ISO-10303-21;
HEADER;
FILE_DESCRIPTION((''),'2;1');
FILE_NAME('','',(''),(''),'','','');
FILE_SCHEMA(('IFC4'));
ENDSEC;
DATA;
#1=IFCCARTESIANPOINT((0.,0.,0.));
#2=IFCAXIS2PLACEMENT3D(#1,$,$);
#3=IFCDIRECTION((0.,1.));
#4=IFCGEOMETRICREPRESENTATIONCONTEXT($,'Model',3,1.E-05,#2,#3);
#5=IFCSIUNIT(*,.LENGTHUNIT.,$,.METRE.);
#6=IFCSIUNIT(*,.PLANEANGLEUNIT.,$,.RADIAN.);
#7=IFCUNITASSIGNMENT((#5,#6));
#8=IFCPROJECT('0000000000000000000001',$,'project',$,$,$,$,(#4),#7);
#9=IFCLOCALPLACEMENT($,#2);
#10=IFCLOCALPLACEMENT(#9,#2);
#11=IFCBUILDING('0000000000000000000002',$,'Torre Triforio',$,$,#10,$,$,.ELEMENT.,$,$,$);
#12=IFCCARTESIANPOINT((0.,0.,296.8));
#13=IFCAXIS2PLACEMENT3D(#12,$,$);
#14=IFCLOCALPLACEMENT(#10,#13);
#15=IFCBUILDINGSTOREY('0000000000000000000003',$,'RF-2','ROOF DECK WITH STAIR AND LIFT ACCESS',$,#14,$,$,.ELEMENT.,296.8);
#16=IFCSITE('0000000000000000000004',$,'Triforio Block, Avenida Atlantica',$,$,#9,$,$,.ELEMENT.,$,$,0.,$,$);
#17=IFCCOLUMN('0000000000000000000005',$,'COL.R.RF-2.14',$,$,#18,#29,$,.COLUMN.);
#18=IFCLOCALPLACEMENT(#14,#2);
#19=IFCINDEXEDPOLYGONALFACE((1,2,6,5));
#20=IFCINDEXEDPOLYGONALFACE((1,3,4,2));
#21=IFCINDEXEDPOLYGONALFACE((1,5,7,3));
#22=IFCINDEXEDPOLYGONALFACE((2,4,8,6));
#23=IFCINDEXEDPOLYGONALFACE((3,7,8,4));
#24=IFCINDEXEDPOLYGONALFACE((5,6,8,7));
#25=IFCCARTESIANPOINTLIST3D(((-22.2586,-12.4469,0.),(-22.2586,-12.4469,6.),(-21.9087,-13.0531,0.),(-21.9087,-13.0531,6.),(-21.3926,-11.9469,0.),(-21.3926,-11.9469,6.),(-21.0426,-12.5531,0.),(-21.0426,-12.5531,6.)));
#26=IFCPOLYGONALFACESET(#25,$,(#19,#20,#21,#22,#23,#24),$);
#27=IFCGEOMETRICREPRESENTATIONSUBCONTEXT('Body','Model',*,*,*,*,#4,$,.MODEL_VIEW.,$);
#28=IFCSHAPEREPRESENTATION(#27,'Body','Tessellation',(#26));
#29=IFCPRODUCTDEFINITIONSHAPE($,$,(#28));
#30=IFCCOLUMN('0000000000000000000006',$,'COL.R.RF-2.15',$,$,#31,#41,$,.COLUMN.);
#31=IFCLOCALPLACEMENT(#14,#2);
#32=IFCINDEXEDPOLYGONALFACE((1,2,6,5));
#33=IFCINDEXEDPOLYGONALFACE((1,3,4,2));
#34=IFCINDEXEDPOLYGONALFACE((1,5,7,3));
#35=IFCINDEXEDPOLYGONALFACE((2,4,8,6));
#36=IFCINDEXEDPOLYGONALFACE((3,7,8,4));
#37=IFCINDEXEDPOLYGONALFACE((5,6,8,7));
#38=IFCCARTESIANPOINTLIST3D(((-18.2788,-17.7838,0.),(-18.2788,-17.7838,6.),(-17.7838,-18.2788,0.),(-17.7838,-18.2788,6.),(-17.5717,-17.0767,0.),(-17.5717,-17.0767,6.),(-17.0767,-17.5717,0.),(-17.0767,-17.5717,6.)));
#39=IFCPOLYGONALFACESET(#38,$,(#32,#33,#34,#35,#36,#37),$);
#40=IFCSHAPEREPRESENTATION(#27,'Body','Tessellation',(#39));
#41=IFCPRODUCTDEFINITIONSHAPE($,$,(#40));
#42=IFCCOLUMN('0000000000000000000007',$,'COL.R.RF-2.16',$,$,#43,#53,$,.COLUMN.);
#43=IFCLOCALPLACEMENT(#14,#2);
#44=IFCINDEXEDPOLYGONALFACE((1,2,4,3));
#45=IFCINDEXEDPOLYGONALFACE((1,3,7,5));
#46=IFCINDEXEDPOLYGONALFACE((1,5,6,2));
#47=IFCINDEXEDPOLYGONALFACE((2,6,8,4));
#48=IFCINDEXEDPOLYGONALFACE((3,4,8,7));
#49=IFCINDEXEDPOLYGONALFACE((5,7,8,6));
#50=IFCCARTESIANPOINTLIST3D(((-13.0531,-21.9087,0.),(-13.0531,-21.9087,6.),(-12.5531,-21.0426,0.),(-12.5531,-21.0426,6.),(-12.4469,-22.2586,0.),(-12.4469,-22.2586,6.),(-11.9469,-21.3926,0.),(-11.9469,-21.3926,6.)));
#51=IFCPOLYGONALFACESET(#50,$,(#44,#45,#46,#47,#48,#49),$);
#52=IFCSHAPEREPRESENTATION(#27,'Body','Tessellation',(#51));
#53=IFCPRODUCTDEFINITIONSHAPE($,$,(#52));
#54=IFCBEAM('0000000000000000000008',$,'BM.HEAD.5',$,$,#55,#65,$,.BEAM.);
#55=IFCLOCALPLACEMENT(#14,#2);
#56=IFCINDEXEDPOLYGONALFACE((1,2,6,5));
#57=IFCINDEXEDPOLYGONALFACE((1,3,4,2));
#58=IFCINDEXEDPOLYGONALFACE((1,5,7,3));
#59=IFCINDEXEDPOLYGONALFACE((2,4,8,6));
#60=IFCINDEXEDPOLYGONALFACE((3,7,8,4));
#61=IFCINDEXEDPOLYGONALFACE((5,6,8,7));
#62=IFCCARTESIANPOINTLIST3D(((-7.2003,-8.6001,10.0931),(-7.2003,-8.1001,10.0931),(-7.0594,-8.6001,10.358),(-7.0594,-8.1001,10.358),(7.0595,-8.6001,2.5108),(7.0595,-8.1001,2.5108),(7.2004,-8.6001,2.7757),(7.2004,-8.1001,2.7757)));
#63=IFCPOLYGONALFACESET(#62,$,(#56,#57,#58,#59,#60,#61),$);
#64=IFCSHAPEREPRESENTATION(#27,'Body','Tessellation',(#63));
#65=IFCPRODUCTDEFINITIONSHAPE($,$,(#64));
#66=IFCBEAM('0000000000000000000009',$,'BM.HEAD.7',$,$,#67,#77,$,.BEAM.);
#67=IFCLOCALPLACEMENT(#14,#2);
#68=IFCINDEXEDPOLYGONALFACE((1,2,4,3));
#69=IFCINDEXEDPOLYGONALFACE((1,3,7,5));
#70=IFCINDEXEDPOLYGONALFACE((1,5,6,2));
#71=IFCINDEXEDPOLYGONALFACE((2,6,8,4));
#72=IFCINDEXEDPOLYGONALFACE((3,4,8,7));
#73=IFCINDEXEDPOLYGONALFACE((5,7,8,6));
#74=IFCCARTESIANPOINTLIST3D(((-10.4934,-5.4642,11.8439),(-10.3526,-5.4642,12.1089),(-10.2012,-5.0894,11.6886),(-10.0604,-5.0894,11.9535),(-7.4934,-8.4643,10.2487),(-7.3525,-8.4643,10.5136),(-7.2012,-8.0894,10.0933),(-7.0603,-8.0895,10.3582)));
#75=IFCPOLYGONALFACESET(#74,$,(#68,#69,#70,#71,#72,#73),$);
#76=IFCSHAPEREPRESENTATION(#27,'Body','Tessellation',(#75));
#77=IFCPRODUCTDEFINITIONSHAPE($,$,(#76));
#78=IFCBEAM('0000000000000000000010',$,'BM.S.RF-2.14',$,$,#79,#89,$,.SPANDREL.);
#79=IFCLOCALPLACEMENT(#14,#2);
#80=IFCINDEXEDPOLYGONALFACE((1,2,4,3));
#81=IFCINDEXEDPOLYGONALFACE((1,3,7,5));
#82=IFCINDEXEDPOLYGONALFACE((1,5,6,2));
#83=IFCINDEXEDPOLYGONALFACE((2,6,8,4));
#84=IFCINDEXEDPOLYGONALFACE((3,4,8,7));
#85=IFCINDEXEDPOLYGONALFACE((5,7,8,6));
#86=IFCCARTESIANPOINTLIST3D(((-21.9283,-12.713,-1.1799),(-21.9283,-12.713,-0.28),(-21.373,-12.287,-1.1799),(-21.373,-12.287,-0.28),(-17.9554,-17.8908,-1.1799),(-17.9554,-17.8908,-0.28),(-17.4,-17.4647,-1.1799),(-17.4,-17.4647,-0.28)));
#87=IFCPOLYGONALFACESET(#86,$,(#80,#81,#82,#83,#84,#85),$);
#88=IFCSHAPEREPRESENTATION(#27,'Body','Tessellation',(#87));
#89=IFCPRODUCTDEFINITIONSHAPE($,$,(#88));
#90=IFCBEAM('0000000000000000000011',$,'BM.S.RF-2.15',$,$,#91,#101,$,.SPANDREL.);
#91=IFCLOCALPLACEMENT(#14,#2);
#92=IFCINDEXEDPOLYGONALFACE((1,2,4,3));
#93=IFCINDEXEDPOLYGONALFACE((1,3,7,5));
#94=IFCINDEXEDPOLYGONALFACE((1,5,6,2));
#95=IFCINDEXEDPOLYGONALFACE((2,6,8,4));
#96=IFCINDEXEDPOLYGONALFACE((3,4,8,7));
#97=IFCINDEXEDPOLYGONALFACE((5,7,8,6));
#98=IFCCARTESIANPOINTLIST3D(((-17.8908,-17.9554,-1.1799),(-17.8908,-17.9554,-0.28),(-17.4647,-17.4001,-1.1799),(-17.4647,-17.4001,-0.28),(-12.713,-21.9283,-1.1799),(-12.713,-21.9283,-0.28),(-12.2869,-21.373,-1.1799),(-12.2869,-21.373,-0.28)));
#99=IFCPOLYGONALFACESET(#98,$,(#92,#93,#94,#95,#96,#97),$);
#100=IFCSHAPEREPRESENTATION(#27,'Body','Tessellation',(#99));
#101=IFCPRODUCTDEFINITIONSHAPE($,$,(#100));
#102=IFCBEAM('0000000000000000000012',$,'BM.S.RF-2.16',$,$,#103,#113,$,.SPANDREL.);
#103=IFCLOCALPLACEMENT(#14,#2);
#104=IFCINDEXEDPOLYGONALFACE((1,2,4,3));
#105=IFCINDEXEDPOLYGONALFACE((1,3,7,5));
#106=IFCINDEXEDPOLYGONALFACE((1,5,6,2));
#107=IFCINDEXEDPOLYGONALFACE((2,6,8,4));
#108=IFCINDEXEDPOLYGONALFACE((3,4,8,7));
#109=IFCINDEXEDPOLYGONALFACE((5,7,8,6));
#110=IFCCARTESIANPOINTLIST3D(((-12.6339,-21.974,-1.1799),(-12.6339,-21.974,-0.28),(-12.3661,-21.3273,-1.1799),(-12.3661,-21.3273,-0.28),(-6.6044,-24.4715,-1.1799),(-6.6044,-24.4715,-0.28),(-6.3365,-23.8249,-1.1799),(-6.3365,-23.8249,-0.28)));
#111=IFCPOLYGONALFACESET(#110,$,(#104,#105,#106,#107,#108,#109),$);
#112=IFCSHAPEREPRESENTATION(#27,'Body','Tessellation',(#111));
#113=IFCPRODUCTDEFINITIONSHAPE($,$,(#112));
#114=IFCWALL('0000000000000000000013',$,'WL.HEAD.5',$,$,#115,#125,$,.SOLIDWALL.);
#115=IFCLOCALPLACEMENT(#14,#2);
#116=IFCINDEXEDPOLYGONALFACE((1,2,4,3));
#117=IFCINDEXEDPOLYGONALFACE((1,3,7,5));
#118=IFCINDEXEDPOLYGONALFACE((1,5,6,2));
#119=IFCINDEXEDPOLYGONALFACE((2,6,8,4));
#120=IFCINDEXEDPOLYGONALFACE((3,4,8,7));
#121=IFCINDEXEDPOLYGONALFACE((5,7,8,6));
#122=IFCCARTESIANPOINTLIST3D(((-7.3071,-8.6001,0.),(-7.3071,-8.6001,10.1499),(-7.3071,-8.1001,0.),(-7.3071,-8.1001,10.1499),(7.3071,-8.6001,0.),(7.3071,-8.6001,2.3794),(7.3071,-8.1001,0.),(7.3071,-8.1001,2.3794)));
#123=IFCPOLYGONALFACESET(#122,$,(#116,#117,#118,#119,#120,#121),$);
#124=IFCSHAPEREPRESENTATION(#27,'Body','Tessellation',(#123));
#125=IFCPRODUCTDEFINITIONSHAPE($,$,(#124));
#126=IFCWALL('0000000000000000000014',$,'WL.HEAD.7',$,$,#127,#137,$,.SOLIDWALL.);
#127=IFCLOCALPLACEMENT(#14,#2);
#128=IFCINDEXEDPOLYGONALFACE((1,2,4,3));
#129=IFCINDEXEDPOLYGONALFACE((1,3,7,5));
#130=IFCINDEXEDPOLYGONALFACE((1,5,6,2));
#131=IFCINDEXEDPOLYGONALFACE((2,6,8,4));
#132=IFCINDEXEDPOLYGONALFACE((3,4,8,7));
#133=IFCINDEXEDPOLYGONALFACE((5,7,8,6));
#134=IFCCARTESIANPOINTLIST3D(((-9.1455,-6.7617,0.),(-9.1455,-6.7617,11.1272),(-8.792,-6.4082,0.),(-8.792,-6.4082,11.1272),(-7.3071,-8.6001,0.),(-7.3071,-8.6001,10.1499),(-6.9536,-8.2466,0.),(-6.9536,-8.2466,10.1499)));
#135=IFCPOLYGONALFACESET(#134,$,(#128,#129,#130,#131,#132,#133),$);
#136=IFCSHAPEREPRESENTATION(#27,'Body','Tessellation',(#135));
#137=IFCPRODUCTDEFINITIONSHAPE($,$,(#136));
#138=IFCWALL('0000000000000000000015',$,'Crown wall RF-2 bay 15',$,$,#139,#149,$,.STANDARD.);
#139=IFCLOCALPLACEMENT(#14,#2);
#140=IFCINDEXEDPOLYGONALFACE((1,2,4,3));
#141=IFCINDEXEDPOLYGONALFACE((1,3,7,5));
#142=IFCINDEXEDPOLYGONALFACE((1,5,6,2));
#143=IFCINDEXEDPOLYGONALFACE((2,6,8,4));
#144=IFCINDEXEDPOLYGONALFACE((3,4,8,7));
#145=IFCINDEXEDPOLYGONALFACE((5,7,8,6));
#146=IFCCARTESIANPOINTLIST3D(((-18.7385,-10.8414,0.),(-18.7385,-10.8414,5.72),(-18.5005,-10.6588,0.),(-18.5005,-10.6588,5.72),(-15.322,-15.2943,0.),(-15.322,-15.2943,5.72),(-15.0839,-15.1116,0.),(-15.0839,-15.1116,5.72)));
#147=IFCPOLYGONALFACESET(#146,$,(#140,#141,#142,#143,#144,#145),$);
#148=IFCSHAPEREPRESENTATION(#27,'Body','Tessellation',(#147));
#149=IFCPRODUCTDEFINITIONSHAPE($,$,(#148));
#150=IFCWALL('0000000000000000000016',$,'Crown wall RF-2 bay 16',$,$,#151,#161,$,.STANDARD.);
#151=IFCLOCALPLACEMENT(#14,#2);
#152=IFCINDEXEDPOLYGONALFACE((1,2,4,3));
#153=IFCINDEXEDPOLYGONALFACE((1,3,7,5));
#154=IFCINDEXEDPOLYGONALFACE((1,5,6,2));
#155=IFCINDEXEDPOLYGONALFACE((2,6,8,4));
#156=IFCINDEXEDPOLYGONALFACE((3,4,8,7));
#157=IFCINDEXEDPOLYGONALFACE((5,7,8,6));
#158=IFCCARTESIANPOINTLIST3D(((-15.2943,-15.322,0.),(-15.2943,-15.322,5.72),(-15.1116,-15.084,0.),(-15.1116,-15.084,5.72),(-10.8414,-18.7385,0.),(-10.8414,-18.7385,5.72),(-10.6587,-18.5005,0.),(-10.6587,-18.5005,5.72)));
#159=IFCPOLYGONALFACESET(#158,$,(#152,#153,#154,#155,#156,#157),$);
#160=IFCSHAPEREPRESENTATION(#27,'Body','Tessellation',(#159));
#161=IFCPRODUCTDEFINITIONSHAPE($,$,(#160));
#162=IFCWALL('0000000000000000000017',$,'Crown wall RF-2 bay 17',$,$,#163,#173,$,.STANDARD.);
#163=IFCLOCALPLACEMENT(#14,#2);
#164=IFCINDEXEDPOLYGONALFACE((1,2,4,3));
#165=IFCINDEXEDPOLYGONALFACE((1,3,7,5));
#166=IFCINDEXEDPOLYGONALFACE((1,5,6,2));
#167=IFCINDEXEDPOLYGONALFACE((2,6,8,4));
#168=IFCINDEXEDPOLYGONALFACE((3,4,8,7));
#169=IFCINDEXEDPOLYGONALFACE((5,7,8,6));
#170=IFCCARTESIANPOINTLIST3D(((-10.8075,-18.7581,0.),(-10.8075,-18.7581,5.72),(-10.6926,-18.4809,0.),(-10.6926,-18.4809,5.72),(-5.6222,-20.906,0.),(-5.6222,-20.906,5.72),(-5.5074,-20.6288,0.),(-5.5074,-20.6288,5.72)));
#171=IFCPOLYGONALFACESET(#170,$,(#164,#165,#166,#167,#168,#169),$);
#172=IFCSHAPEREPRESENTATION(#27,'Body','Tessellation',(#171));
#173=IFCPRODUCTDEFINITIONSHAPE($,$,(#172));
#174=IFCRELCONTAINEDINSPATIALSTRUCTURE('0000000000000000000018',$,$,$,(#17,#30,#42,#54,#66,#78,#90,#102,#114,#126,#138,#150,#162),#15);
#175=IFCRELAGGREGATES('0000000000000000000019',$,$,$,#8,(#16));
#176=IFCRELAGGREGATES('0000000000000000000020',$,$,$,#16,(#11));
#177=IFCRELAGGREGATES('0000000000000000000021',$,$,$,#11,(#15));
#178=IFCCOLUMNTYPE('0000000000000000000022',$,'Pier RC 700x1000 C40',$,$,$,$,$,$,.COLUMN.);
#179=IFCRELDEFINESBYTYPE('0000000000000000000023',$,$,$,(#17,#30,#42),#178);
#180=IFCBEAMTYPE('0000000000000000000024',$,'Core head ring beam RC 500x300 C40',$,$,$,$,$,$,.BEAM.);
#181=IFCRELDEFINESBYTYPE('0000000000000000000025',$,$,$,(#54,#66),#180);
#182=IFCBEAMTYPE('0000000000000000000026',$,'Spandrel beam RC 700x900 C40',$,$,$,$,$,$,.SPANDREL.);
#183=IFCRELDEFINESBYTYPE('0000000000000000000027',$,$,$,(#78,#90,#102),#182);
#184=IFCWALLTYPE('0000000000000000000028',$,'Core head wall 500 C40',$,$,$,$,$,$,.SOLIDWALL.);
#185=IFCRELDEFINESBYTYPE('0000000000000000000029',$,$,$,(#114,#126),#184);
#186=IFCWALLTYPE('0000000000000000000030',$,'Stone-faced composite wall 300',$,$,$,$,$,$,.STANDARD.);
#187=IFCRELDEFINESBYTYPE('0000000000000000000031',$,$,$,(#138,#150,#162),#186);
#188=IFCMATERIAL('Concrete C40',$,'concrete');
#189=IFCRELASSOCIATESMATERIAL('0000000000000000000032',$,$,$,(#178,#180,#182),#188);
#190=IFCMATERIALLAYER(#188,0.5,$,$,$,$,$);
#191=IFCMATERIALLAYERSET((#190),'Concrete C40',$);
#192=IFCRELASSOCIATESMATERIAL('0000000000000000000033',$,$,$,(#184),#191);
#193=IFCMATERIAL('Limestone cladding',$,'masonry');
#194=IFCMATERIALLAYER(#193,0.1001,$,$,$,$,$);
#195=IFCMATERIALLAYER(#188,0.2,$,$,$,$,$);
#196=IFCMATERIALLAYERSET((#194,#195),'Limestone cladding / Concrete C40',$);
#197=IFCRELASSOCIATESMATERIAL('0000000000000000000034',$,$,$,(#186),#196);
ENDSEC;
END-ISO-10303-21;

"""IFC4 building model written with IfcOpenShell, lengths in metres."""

from ifc_helpers import new_model, si_unit, direction, frame, origin, origin_2d, place, context, subcontext, project, spatial, polyline, rectangle, outline, extrude, material, layer, layer_set, material_profile, profile_set, type_object, element, save


model = new_model("IFC4")

# Units and contexts
model_context = context("Model", 3, precision=1e-05, world=origin(), true_north=direction((0.0, 1.0)))
body_context = subcontext(model_context, "Body", "Model", "MODEL_VIEW")
ifc_project = project(units=[si_unit("LENGTHUNIT", "METRE"), si_unit("PLANEANGLEUNIT", "RADIAN")], contexts=[model_context])

# Site, building, storey
site_placement = place(None, origin())
site = spatial("IfcSite", under=ifc_project, at=site_placement, Name="Triforio Block, Avenida Atlantica", CompositionType="ELEMENT", RefElevation=0.0)
building_placement = place(site_placement, origin())
building = spatial("IfcBuilding", under=site, at=building_placement, Name="Torre Triforio", CompositionType="ELEMENT")
storey_placement = place(building_placement, frame((0.0, 0.0, 296.8)))
storey = spatial("IfcBuildingStorey", under=building, at=storey_placement, Name="RF-2", Description="ROOF DECK WITH STAIR AND LIFT ACCESS", CompositionType="ELEMENT", Elevation=296.8)

# Columns
ifc_material_1 = material(Name="Concrete C40", Category="concrete")
ifc_material_profile_1 = material_profile(ifc_material_1, rectangle(XDim=0.7, YDim=1.0, at=origin_2d()), Name="RC 700x1000")
ifc_profile_set_1 = profile_set([ifc_material_profile_1], Name="Concrete C40")
column_type = type_object("IfcColumnType", Name="Pier RC 700x1000 C40", PredefinedType="COLUMN", material=ifc_profile_set_1)
for number, where, z_axis, x_axis, name in (
    (1, (-21.6506, -12.5, 0.0), (0.0, 0.0, 1.0), (0.5, -0.866025, 0.0), "COL.R.RF-2.14"),
    (2, (-17.6777, -17.6777, 0.0), (0.0, 0.0, 1.0), (0.707107, -0.707107, 0.0), "COL.R.RF-2.15"),
    (3, (-12.5, -21.6506, 0.0), (0.0, 0.0, 1.0), (0.866025, -0.5, 0.0), "COL.R.RF-2.16"),
):
    element("IfcColumn", number, at=place(storey_placement, frame(where, z_axis=z_axis, x_axis=x_axis)), inside=storey, type_object=column_type, Name=name, PredefinedType="COLUMN", context=body_context, shape_type="SweptSolid", body=[
        extrude(rectangle(XDim=0.7, YDim=1.0, at=origin_2d()), origin(), (0.0, 0.0, 1.0), 6.0),
    ])

# Beams
ifc_material_profile_2 = material_profile(ifc_material_1, rectangle(XDim=0.5, YDim=0.3, at=origin_2d()), Name="RC 500x300")
ifc_profile_set_2 = profile_set([ifc_material_profile_2], Name="Concrete C40")
beam_type_1 = type_object("IfcBeamType", Name="Core head ring beam RC 500x300 C40", PredefinedType="BEAM", material=ifc_profile_set_2)
beam_1_placement = place(storey_placement, frame((-7.1299, -8.3501, 10.2256), z_axis=(0.882942, 0.0, -0.469482), x_axis=(0.0, 1.0, 0.0)))
element("IfcBeam", 4, at=beam_1_placement, inside=storey, type_object=beam_type_1, Name="BM.HEAD.5", PredefinedType="BEAM", context=body_context, shape_type="SweptSolid", body=[
    extrude(rectangle(XDim=0.5, YDim=0.3, at=origin_2d()), origin(), (0.0, 0.0, 1.0), 16.1504),
])
beam_2_placement = place(storey_placement, frame((-7.2769, -8.2769, 10.3035), z_axis=(-0.661868, 0.661868, 0.35194), x_axis=(-0.584395, -0.749621, 0.310728)))
element("IfcBeam", 5, at=beam_2_placement, inside=storey, type_object=beam_type_1, Name="BM.HEAD.7", PredefinedType="BEAM", context=body_context, shape_type="SweptSolid", body=[
    extrude(rectangle(XDim=0.5, YDim=0.3, at=origin_2d()), origin(), (0.0, 0.0, 1.0), 4.5327),
])
ifc_material_profile_3 = material_profile(ifc_material_1, rectangle(XDim=0.7, YDim=0.8999, at=origin_2d()), Name="RC 700x900")
ifc_profile_set_3 = profile_set([ifc_material_profile_3], Name="Concrete C40")
beam_type_2 = type_object("IfcBeamType", Name="Spandrel beam RC 700x900 C40", PredefinedType="SPANDREL", material=ifc_profile_set_3)
for number, where, z_axis, x_axis, name in (
    (6, (-21.6506, -12.5, -0.73), (0.60875, -0.793362, 0.0), (0.793362, 0.60875, 0.0), "BM.S.RF-2.14"),
    (7, (-17.6777, -17.6777, -0.73), (0.793362, -0.60875, 0.0), (0.60875, 0.793362, 0.0), "BM.S.RF-2.15"),
    (8, (-12.5, -21.6506, -0.73), (0.923877, -0.382689, 0.0), (0.382689, 0.923877, 0.0), "BM.S.RF-2.16"),
):
    element("IfcBeam", number, at=place(storey_placement, frame(where, z_axis=z_axis, x_axis=x_axis)), inside=storey, type_object=beam_type_2, Name=name, PredefinedType="SPANDREL", context=body_context, shape_type="SweptSolid", body=[
        extrude(rectangle(XDim=0.7, YDim=0.8999, at=origin_2d()), origin(), (0.0, 0.0, 1.0), 6.5264),
    ])

# Walls
ifc_layer_1 = layer(ifc_material_1, 0.5)
ifc_layer_set_1 = layer_set([ifc_layer_1], Name="Concrete C40")
wall_type_1 = type_object("IfcWallType", Name="Core head wall 500 C40", PredefinedType="SOLIDWALL", material=ifc_layer_set_1)
wall_1_placement = place(storey_placement, frame((-7.3071, -8.3501, 0.0), z_axis=(0.0, 0.0, 1.0), x_axis=(1.0, 0.0, 0.0)))
element("IfcWall", 9, at=wall_1_placement, inside=storey, type_object=wall_type_1, Name="WL.HEAD.5", PredefinedType="SOLIDWALL", context=body_context, shape_type="SweptSolid", body=[
    extrude(outline(polyline([(0.0, 0.0), (14.6143, 0.0), (14.6143, 2.3794), (0.0, 10.1499), (0.0, 0.0)])), frame((0.0, 0.25, 0.0), z_axis=(0.0, -1.0, 0.0), x_axis=(1.0, 0.0, 0.0)), (0.0, 0.0, 1.0), 0.5),
])
wall_2_placement = place(storey_placement, frame((-7.1304, -8.4233, 0.0), z_axis=(0.0, 0.0, 1.0), x_axis=(-0.707107, 0.707107, 0.0)))
element("IfcWall", 10, at=wall_2_placement, inside=storey, type_object=wall_type_1, Name="WL.HEAD.7", PredefinedType="SOLIDWALL", context=body_context, shape_type="SweptSolid", body=[
    extrude(outline(polyline([(0.0, 0.0), (2.5999, 0.0), (2.5999, 11.1272), (0.0, 10.1499), (0.0, 0.0)])), frame((0.0, 0.25, 0.0), z_axis=(0.0, -1.0, 0.0), x_axis=(1.0, 0.0, 0.0)), (0.0, 0.0, 1.0), 0.5),
])
ifc_material_2 = material(Name="Limestone cladding", Category="masonry")
ifc_layer_2 = layer(ifc_material_2, 0.1001)
ifc_layer_3 = layer(ifc_material_1, 0.2)
ifc_layer_set_2 = layer_set([ifc_layer_2, ifc_layer_3], Name="Limestone cladding / Concrete C40")
wall_type_2 = type_object("IfcWallType", Name="Stone-faced composite wall 300", PredefinedType="STANDARD", material=ifc_layer_set_2)
for number, where, z_axis, x_axis, name in (
    (11, (-18.6194, -10.75, 0.0), (0.0, 0.0, 1.0), (0.608726, -0.79338, 0.0), "Crown wall RF-2 bay 15"),
    (12, (-15.2029, -15.2029, 0.0), (0.0, 0.0, 1.0), (0.79338, -0.608726, 0.0), "Crown wall RF-2 bay 16"),
    (13, (-10.75, -18.6194, 0.0), (0.0, 0.0, 1.0), (0.923872, -0.382703, 0.0), "Crown wall RF-2 bay 17"),
):
    element("IfcWall", number, at=place(storey_placement, frame(where, z_axis=z_axis, x_axis=x_axis)), inside=storey, type_object=wall_type_2, Name=name, PredefinedType="STANDARD", context=body_context, shape_type="SweptSolid", body=[
        extrude(outline(polyline([(0.0, 0.0), (5.6125, 0.0), (5.6125, 5.72), (0.0, 5.72), (0.0, 0.0)])), frame((0.0, 0.1499, 0.0), z_axis=(0.0, -1.0, 0.0), x_axis=(1.0, 0.0, 0.0)), (0.0, 0.0, 1.0), 0.3),
    ])

save(model, "model.ifc")
